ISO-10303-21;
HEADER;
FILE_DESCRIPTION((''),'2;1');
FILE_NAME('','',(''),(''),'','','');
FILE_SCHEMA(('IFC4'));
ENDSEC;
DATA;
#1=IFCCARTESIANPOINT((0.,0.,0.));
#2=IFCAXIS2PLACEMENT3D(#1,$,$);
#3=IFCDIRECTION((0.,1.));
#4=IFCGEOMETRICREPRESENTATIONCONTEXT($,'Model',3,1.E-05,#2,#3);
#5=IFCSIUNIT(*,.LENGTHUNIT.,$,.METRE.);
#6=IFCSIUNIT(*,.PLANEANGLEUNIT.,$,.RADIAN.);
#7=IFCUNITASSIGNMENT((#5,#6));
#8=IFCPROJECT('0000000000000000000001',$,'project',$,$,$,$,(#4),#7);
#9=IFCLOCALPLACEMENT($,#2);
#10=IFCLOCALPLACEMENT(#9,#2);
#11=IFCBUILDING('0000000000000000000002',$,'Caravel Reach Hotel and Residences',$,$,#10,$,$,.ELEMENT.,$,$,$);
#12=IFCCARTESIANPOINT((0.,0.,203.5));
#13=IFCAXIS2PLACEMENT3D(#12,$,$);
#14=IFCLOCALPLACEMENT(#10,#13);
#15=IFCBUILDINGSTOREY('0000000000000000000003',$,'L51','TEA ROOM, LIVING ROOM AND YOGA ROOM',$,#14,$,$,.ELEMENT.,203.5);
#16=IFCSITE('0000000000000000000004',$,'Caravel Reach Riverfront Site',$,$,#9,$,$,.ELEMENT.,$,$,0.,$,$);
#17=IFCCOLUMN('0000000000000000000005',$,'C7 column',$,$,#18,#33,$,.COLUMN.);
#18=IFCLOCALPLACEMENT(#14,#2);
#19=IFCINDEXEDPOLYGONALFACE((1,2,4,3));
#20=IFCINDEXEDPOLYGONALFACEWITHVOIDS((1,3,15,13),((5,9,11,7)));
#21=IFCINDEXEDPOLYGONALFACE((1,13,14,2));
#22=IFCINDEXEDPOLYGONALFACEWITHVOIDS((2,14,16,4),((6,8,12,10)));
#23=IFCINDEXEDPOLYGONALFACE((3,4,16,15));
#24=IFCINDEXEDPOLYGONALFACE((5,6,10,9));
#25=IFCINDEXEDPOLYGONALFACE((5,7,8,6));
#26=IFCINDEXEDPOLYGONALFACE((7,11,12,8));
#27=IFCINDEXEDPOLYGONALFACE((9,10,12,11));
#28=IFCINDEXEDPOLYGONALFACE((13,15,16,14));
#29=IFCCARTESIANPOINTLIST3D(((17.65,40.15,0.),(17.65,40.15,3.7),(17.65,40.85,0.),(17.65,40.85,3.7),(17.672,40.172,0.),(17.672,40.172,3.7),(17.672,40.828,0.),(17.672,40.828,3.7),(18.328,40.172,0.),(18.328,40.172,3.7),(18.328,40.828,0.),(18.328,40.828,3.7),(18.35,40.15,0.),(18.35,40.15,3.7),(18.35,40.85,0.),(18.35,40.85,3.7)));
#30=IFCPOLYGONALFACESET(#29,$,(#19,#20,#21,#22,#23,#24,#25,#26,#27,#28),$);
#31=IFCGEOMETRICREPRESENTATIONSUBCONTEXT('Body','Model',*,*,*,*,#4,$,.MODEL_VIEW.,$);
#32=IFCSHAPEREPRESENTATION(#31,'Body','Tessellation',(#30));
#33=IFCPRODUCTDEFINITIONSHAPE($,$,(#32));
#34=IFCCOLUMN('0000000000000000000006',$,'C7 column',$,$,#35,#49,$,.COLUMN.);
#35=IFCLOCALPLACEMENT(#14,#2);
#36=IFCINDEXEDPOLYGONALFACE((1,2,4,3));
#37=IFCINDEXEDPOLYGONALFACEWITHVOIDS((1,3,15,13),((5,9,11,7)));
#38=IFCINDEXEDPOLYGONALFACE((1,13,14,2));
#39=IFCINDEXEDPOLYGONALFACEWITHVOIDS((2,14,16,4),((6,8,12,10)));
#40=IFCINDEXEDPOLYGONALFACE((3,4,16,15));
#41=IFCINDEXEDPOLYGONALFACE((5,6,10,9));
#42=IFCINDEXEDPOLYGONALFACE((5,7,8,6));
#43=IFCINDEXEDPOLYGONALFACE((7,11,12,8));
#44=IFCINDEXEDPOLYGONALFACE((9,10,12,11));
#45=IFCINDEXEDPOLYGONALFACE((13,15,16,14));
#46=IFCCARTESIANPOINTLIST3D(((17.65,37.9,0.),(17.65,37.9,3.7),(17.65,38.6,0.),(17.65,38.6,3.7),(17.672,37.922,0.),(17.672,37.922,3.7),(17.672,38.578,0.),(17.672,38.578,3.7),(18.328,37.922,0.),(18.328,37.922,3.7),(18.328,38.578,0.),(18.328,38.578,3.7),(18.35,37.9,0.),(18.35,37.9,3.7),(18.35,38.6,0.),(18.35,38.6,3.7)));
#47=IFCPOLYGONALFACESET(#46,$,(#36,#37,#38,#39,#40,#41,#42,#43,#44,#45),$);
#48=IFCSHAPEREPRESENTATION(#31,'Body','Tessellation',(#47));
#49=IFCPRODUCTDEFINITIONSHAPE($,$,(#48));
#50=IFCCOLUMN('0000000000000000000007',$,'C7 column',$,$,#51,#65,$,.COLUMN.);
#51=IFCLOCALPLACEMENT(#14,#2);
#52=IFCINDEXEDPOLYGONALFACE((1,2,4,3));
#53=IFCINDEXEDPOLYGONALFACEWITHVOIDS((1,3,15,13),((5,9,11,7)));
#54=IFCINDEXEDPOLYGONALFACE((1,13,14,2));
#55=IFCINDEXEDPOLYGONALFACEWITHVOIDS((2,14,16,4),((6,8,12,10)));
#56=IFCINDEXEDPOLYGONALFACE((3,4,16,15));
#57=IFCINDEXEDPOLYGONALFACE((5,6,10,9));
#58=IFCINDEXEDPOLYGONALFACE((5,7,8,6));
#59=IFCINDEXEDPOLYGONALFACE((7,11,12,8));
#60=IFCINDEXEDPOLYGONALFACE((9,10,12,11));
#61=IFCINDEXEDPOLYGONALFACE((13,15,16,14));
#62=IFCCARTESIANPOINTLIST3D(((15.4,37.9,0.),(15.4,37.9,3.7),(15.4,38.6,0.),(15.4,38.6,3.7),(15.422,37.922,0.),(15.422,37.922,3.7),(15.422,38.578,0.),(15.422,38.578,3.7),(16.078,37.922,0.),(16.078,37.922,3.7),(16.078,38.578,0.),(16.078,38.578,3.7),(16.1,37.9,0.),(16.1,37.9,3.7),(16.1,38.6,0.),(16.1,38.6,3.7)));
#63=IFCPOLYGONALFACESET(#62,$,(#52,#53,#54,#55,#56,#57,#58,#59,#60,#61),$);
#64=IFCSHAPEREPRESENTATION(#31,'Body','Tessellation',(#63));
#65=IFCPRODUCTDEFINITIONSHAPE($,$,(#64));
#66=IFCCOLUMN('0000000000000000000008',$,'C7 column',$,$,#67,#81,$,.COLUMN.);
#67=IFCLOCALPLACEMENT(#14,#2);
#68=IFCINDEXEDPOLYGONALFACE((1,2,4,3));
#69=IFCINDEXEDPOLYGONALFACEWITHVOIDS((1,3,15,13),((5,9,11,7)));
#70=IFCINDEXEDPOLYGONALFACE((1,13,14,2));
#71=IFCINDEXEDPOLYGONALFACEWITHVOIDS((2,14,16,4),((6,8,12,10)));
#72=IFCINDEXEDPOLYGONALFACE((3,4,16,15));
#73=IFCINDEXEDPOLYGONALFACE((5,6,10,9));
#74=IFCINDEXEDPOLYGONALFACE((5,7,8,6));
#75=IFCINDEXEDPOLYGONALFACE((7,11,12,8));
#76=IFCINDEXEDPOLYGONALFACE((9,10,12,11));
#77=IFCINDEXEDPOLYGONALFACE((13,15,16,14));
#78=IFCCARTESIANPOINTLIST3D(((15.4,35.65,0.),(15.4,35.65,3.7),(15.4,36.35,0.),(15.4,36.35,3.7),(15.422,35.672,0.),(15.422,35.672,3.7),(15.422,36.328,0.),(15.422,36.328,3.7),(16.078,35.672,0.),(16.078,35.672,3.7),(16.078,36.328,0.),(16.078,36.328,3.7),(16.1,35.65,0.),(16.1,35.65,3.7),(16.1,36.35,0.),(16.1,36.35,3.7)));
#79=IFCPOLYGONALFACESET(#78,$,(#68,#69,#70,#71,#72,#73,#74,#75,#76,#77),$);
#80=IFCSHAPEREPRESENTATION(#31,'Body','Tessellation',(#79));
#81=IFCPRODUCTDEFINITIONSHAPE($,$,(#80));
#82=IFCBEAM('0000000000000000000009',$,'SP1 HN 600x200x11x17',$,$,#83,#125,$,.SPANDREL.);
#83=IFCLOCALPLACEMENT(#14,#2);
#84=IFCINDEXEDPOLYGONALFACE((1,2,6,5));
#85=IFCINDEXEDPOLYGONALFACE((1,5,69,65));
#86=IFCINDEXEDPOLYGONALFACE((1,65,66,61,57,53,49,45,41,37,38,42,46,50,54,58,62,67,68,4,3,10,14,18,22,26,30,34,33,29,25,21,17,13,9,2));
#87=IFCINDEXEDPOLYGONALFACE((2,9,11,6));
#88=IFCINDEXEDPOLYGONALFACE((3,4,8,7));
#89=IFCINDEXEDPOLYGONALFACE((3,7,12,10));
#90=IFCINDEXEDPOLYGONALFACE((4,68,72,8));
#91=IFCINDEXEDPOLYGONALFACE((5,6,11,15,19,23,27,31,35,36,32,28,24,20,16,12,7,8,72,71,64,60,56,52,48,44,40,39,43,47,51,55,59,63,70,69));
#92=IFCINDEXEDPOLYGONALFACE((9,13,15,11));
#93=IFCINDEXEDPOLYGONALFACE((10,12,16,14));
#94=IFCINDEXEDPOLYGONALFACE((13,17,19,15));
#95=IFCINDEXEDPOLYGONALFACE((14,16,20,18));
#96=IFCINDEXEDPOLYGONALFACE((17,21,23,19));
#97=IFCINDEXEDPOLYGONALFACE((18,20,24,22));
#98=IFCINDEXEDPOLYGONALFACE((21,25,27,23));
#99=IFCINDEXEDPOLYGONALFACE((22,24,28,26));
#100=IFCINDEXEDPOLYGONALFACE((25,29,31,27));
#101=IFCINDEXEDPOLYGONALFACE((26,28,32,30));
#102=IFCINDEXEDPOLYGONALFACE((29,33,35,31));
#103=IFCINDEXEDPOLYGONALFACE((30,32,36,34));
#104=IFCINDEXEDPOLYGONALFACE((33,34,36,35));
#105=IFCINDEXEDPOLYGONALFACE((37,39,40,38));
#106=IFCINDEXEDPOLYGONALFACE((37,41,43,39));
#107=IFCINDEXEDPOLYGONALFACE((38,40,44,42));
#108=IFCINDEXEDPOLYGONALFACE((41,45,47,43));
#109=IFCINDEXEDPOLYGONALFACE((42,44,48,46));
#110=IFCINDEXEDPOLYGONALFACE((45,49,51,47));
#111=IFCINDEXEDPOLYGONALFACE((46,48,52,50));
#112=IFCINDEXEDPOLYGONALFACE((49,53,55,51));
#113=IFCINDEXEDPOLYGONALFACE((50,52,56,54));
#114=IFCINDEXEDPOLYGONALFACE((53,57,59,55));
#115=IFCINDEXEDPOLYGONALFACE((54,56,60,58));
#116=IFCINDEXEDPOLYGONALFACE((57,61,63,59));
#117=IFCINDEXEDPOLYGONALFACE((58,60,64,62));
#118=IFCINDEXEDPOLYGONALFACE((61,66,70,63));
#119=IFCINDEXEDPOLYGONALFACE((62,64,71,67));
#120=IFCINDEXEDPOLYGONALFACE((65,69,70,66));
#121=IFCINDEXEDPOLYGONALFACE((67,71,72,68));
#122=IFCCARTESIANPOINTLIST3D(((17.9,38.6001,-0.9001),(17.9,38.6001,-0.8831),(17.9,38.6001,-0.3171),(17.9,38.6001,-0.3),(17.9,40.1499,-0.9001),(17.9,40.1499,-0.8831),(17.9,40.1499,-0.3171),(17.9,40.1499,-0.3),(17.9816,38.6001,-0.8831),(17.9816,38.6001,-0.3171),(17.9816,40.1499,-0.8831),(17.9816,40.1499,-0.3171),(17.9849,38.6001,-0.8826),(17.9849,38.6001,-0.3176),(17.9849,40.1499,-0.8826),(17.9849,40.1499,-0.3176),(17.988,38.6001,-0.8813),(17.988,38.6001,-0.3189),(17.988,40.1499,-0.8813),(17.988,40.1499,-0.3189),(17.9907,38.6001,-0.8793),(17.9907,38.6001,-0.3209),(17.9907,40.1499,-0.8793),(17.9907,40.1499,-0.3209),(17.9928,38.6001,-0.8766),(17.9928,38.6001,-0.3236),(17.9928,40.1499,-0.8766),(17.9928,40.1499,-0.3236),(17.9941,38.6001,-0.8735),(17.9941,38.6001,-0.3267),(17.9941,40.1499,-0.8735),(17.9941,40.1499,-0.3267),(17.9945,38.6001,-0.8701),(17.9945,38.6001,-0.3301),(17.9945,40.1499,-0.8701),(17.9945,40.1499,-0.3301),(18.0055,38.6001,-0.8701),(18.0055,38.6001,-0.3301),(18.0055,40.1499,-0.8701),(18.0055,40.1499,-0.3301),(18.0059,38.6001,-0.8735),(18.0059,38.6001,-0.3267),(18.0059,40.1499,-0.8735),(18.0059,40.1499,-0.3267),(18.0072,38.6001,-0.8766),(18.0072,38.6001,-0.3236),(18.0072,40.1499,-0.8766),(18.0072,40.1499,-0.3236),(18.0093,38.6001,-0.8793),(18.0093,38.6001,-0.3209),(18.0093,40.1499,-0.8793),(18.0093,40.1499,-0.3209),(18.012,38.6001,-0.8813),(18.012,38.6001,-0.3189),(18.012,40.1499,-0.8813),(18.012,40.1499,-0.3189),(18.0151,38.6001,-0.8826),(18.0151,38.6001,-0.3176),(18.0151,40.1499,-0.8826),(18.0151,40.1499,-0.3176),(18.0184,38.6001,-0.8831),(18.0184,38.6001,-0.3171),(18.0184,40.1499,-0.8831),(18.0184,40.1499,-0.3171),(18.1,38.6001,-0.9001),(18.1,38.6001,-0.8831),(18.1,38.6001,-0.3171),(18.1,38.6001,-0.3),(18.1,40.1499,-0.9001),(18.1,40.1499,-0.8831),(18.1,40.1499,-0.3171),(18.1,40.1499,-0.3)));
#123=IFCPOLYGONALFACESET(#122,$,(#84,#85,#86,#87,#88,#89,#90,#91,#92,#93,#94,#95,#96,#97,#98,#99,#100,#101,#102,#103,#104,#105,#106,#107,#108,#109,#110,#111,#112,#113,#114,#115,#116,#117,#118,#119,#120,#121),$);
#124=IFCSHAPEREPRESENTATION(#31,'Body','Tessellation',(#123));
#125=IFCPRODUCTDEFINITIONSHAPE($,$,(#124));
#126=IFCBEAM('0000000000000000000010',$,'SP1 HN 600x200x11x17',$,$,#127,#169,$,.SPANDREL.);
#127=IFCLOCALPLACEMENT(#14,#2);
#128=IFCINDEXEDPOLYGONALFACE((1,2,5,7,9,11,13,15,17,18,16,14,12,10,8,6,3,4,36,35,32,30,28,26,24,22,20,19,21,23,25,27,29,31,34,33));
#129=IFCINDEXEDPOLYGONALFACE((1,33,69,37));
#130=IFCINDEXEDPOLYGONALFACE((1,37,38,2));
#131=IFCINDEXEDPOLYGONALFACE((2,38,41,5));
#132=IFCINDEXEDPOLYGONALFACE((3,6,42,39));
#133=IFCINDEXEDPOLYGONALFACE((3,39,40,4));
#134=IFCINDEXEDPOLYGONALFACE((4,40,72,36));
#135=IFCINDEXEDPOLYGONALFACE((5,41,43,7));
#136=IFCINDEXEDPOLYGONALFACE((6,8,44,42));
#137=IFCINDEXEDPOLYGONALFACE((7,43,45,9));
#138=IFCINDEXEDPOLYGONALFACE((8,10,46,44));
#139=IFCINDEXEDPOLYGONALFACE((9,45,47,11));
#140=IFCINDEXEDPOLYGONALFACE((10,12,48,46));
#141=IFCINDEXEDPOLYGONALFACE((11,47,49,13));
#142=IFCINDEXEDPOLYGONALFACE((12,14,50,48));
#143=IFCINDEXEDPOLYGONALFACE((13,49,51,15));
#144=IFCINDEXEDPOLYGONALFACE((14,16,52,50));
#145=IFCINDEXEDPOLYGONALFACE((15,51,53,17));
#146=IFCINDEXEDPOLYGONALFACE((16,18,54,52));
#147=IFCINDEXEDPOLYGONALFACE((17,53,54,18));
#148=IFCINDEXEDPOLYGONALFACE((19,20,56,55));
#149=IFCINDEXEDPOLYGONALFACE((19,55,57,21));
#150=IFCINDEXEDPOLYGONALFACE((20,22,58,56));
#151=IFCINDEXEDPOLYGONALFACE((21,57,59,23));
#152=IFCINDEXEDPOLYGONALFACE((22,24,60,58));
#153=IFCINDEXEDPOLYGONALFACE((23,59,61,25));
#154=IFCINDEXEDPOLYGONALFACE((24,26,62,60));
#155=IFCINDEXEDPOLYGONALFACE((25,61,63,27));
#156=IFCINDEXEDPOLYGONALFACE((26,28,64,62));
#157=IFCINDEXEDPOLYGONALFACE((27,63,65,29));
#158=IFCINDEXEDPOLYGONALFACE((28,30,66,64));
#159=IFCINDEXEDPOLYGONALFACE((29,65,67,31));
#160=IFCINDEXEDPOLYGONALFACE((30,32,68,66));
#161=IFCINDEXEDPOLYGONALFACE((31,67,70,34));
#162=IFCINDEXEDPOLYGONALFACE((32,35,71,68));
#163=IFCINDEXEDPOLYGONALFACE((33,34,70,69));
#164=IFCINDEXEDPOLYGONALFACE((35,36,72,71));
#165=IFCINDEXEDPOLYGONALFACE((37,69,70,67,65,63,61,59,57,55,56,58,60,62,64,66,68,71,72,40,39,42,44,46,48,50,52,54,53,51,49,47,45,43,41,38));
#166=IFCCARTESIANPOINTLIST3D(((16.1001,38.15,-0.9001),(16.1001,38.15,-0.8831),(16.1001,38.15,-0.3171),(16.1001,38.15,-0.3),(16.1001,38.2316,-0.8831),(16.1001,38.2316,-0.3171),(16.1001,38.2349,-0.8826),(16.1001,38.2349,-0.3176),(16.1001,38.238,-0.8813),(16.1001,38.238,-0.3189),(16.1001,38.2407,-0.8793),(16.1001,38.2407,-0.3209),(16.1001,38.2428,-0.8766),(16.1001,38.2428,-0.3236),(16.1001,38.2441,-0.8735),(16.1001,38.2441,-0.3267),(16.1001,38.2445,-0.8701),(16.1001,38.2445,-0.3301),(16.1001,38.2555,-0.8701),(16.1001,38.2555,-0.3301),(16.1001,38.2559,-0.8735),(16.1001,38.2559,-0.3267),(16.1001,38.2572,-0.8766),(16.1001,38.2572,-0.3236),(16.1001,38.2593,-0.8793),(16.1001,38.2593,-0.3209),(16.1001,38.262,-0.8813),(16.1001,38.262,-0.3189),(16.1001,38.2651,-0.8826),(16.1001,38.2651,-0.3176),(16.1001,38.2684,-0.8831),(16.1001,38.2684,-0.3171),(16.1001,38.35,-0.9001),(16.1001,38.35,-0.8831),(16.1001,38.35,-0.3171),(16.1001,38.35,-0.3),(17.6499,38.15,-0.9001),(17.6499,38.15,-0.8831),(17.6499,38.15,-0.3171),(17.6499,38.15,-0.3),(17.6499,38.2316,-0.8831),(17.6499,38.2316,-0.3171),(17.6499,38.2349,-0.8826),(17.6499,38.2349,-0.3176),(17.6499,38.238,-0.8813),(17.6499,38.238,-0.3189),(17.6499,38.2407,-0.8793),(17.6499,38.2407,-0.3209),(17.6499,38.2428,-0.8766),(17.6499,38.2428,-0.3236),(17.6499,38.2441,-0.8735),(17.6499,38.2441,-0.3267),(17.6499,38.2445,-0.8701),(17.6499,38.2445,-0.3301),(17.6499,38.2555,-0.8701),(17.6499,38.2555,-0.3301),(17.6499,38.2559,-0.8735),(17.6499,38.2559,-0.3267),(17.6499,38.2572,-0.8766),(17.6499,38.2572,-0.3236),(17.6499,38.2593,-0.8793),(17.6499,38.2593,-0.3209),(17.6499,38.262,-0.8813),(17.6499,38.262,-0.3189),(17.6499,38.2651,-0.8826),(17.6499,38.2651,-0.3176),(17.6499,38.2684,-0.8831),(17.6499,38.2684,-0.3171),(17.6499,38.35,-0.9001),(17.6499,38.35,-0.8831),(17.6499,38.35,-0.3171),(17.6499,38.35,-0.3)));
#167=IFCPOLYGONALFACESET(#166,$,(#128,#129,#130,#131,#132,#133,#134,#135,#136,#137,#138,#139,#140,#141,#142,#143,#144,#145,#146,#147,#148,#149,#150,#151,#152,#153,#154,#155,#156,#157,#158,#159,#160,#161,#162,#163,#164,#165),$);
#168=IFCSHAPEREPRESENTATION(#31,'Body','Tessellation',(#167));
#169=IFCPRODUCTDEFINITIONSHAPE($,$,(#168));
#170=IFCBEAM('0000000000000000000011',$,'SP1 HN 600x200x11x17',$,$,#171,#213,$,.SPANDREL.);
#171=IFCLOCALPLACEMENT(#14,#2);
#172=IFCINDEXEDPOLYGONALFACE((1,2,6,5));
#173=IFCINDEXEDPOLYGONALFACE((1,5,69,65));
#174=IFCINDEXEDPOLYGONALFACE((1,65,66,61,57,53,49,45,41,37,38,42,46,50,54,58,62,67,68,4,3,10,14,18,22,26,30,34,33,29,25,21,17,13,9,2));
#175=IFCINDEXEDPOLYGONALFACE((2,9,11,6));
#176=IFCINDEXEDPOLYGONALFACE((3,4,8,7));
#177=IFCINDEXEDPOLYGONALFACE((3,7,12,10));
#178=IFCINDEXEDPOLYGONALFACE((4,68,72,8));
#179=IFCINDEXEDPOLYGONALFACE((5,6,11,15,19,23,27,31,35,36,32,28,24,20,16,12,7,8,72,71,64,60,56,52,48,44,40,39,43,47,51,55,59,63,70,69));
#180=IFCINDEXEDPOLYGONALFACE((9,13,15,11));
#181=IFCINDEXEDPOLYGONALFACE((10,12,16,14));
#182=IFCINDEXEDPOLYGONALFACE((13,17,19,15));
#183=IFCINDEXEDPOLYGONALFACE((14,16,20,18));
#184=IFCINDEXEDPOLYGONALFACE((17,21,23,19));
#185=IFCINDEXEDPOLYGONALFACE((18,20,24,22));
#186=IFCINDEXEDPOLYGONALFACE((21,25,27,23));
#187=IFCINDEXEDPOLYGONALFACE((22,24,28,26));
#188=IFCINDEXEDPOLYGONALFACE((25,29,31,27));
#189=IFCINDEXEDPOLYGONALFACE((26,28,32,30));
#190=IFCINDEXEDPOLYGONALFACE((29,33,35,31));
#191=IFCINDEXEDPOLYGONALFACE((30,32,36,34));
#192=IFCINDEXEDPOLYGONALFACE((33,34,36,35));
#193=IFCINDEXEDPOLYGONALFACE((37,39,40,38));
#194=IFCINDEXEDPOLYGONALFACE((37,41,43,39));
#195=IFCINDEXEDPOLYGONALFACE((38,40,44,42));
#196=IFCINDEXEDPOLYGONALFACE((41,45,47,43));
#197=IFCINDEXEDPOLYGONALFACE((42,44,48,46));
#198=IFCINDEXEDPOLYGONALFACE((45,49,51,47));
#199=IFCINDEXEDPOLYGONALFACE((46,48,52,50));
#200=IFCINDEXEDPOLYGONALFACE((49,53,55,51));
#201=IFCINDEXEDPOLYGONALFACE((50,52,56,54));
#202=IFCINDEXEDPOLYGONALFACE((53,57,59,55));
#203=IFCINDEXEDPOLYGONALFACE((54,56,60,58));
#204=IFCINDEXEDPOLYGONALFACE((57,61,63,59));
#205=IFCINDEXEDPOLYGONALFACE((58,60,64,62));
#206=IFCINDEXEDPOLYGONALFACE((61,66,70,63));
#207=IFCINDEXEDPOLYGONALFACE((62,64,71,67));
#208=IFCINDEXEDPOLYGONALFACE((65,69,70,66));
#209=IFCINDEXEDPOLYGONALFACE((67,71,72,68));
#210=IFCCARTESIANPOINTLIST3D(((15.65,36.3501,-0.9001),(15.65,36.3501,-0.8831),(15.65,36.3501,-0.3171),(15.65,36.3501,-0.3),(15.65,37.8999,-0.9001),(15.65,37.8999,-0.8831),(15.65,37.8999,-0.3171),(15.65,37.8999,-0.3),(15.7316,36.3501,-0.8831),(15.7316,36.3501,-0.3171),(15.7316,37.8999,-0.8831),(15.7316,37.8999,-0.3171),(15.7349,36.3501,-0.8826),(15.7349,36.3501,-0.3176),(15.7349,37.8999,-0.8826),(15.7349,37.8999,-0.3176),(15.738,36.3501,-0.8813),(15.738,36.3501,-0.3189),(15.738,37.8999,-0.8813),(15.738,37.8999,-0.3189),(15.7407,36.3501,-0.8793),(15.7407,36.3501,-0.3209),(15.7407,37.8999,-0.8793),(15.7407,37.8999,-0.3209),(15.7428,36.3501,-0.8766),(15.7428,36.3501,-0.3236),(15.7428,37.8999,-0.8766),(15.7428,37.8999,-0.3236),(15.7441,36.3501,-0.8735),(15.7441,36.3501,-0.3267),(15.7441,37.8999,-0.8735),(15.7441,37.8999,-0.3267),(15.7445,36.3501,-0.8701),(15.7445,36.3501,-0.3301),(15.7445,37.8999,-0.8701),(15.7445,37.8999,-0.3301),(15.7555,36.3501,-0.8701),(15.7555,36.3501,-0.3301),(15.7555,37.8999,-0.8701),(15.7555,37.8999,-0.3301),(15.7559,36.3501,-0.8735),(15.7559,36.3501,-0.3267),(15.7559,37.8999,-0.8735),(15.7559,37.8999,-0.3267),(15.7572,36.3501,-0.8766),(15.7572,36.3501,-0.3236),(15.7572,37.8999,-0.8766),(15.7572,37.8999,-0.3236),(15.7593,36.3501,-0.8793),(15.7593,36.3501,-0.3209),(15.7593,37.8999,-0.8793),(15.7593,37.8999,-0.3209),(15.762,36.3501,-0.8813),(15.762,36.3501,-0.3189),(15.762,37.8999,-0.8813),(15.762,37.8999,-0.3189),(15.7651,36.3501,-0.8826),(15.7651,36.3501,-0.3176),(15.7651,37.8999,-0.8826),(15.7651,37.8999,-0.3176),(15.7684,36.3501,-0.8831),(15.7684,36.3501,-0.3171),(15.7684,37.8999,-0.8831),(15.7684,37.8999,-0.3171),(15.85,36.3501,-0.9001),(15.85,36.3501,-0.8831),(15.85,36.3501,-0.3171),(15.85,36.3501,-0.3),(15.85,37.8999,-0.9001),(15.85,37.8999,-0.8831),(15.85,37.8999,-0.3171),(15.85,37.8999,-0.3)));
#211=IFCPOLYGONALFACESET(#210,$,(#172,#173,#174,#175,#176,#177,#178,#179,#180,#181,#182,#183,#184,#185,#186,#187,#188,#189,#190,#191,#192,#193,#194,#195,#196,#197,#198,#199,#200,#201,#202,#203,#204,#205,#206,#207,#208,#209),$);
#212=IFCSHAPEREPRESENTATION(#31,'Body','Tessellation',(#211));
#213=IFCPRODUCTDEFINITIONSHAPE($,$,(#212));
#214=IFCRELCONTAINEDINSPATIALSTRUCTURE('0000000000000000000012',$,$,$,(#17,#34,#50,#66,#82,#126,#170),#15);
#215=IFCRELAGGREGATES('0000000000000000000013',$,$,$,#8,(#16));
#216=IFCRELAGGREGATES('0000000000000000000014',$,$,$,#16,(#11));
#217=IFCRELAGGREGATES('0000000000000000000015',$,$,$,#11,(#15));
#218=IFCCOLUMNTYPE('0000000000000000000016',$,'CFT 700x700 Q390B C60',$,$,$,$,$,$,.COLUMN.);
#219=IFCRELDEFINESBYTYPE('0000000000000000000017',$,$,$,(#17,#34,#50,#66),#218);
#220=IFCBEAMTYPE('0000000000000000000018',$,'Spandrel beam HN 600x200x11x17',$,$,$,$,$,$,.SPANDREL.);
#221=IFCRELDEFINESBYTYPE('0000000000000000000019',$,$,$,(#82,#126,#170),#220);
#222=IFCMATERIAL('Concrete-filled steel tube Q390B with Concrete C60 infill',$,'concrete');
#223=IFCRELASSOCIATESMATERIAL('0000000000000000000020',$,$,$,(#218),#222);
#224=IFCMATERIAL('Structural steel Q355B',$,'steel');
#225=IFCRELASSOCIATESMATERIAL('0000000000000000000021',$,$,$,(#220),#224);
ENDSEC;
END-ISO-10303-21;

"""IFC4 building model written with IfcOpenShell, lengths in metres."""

from ifc_helpers import new_model, si_unit, direction, frame, origin, origin_2d, place, context, subcontext, project, spatial, hollow_rectangle, i_section, extrude, material, material_profile, profile_set, type_object, element, save


model = new_model("IFC4")

# Units and contexts
model_context = context("Model", 3, precision=1e-05, world=origin(), true_north=direction((0.0, 1.0)))
body_context = subcontext(model_context, "Body", "Model", "MODEL_VIEW")
ifc_project = project(units=[si_unit("LENGTHUNIT", "METRE"), si_unit("PLANEANGLEUNIT", "RADIAN")], contexts=[model_context])

# Site, building, storey
site_placement = place(None, origin())
site = spatial("IfcSite", under=ifc_project, at=site_placement, Name="Caravel Reach Riverfront Site", CompositionType="ELEMENT", RefElevation=0.0)
building_placement = place(site_placement, origin())
building = spatial("IfcBuilding", under=site, at=building_placement, Name="Caravel Reach Hotel and Residences", CompositionType="ELEMENT")
storey_placement = place(building_placement, frame((0.0, 0.0, 203.5)))
storey = spatial("IfcBuildingStorey", under=building, at=storey_placement, Name="L51", Description="TEA ROOM, LIVING ROOM AND YOGA ROOM", CompositionType="ELEMENT", Elevation=203.5)

# Columns
ifc_material_1 = material(Name="Concrete-filled steel tube Q390B with Concrete C60 infill", Category="concrete")
ifc_material_profile_1 = material_profile(ifc_material_1, hollow_rectangle(XDim=0.7, YDim=0.7, WallThickness=0.022, at=origin_2d()), Name="RHS 700x700x22")
ifc_profile_set_1 = profile_set([ifc_material_profile_1], Name="Concrete-filled steel tube Q390B with Concrete C60 infill")
column_type = type_object("IfcColumnType", Name="CFT 700x700 Q390B C60", PredefinedType="COLUMN", material=ifc_profile_set_1)
for number, where, z_axis, x_axis, name in (
    (1, (18.0, 40.5, 0.0), (0.0, 0.0, 1.0), (1.0, 0.0, 0.0), "C7 column"),
    (2, (18.0, 38.25, 0.0), (0.0, 0.0, 1.0), (1.0, 0.0, 0.0), "C7 column"),
    (3, (15.75, 38.25, 0.0), (0.0, 0.0, 1.0), (1.0, 0.0, 0.0), "C7 column"),
    (4, (15.75, 36.0, 0.0), (0.0, 0.0, 1.0), (1.0, 0.0, 0.0), "C7 column"),
):
    element("IfcColumn", number, at=place(storey_placement, frame(where, z_axis=z_axis, x_axis=x_axis)), inside=storey, type_object=column_type, Name=name, PredefinedType="COLUMN", context=body_context, shape_type="SweptSolid", body=[
        extrude(hollow_rectangle(XDim=0.7, YDim=0.7, WallThickness=0.022, at=origin_2d()), origin(), (0.0, 0.0, 1.0), 3.7),
    ])

# Beams
ifc_material_2 = material(Name="Structural steel Q355B", Category="steel")
ifc_material_profile_2 = material_profile(ifc_material_2, i_section(OverallWidth=0.2, OverallDepth=0.6001, WebThickness=0.011, FlangeThickness=0.0171, FilletRadius=0.0129, at=origin_2d()), Name="HN 600x200x11x17")
ifc_profile_set_2 = profile_set([ifc_material_profile_2], Name="Structural steel Q355B")
beam_type = type_object("IfcBeamType", Name="Spandrel beam HN 600x200x11x17", PredefinedType="SPANDREL", material=ifc_profile_set_2)
for number, where, z_axis, x_axis, name in (
    (5, (18.0, 40.1499, -0.6001), (0.0, -1.0, 0.0), (1.0, 0.0, 0.0), "SP1 HN 600x200x11x17"),
    (6, (17.6499, 38.25, -0.6001), (-1.0, 0.0, 0.0), (0.0, -1.0, 0.0), "SP1 HN 600x200x11x17"),
    (7, (15.75, 37.8999, -0.6001), (0.0, -1.0, 0.0), (1.0, 0.0, 0.0), "SP1 HN 600x200x11x17"),
):
    element("IfcBeam", number, at=place(storey_placement, frame(where, z_axis=z_axis, x_axis=x_axis)), inside=storey, type_object=beam_type, Name=name, PredefinedType="SPANDREL", context=body_context, shape_type="SweptSolid", body=[
        extrude(i_section(OverallWidth=0.2, OverallDepth=0.6001, WebThickness=0.011, FlangeThickness=0.0171, FilletRadius=0.0129, at=origin_2d()), origin(), (0.0, 0.0, 1.0), 1.5498),
    ])

save(model, "model.ifc")
